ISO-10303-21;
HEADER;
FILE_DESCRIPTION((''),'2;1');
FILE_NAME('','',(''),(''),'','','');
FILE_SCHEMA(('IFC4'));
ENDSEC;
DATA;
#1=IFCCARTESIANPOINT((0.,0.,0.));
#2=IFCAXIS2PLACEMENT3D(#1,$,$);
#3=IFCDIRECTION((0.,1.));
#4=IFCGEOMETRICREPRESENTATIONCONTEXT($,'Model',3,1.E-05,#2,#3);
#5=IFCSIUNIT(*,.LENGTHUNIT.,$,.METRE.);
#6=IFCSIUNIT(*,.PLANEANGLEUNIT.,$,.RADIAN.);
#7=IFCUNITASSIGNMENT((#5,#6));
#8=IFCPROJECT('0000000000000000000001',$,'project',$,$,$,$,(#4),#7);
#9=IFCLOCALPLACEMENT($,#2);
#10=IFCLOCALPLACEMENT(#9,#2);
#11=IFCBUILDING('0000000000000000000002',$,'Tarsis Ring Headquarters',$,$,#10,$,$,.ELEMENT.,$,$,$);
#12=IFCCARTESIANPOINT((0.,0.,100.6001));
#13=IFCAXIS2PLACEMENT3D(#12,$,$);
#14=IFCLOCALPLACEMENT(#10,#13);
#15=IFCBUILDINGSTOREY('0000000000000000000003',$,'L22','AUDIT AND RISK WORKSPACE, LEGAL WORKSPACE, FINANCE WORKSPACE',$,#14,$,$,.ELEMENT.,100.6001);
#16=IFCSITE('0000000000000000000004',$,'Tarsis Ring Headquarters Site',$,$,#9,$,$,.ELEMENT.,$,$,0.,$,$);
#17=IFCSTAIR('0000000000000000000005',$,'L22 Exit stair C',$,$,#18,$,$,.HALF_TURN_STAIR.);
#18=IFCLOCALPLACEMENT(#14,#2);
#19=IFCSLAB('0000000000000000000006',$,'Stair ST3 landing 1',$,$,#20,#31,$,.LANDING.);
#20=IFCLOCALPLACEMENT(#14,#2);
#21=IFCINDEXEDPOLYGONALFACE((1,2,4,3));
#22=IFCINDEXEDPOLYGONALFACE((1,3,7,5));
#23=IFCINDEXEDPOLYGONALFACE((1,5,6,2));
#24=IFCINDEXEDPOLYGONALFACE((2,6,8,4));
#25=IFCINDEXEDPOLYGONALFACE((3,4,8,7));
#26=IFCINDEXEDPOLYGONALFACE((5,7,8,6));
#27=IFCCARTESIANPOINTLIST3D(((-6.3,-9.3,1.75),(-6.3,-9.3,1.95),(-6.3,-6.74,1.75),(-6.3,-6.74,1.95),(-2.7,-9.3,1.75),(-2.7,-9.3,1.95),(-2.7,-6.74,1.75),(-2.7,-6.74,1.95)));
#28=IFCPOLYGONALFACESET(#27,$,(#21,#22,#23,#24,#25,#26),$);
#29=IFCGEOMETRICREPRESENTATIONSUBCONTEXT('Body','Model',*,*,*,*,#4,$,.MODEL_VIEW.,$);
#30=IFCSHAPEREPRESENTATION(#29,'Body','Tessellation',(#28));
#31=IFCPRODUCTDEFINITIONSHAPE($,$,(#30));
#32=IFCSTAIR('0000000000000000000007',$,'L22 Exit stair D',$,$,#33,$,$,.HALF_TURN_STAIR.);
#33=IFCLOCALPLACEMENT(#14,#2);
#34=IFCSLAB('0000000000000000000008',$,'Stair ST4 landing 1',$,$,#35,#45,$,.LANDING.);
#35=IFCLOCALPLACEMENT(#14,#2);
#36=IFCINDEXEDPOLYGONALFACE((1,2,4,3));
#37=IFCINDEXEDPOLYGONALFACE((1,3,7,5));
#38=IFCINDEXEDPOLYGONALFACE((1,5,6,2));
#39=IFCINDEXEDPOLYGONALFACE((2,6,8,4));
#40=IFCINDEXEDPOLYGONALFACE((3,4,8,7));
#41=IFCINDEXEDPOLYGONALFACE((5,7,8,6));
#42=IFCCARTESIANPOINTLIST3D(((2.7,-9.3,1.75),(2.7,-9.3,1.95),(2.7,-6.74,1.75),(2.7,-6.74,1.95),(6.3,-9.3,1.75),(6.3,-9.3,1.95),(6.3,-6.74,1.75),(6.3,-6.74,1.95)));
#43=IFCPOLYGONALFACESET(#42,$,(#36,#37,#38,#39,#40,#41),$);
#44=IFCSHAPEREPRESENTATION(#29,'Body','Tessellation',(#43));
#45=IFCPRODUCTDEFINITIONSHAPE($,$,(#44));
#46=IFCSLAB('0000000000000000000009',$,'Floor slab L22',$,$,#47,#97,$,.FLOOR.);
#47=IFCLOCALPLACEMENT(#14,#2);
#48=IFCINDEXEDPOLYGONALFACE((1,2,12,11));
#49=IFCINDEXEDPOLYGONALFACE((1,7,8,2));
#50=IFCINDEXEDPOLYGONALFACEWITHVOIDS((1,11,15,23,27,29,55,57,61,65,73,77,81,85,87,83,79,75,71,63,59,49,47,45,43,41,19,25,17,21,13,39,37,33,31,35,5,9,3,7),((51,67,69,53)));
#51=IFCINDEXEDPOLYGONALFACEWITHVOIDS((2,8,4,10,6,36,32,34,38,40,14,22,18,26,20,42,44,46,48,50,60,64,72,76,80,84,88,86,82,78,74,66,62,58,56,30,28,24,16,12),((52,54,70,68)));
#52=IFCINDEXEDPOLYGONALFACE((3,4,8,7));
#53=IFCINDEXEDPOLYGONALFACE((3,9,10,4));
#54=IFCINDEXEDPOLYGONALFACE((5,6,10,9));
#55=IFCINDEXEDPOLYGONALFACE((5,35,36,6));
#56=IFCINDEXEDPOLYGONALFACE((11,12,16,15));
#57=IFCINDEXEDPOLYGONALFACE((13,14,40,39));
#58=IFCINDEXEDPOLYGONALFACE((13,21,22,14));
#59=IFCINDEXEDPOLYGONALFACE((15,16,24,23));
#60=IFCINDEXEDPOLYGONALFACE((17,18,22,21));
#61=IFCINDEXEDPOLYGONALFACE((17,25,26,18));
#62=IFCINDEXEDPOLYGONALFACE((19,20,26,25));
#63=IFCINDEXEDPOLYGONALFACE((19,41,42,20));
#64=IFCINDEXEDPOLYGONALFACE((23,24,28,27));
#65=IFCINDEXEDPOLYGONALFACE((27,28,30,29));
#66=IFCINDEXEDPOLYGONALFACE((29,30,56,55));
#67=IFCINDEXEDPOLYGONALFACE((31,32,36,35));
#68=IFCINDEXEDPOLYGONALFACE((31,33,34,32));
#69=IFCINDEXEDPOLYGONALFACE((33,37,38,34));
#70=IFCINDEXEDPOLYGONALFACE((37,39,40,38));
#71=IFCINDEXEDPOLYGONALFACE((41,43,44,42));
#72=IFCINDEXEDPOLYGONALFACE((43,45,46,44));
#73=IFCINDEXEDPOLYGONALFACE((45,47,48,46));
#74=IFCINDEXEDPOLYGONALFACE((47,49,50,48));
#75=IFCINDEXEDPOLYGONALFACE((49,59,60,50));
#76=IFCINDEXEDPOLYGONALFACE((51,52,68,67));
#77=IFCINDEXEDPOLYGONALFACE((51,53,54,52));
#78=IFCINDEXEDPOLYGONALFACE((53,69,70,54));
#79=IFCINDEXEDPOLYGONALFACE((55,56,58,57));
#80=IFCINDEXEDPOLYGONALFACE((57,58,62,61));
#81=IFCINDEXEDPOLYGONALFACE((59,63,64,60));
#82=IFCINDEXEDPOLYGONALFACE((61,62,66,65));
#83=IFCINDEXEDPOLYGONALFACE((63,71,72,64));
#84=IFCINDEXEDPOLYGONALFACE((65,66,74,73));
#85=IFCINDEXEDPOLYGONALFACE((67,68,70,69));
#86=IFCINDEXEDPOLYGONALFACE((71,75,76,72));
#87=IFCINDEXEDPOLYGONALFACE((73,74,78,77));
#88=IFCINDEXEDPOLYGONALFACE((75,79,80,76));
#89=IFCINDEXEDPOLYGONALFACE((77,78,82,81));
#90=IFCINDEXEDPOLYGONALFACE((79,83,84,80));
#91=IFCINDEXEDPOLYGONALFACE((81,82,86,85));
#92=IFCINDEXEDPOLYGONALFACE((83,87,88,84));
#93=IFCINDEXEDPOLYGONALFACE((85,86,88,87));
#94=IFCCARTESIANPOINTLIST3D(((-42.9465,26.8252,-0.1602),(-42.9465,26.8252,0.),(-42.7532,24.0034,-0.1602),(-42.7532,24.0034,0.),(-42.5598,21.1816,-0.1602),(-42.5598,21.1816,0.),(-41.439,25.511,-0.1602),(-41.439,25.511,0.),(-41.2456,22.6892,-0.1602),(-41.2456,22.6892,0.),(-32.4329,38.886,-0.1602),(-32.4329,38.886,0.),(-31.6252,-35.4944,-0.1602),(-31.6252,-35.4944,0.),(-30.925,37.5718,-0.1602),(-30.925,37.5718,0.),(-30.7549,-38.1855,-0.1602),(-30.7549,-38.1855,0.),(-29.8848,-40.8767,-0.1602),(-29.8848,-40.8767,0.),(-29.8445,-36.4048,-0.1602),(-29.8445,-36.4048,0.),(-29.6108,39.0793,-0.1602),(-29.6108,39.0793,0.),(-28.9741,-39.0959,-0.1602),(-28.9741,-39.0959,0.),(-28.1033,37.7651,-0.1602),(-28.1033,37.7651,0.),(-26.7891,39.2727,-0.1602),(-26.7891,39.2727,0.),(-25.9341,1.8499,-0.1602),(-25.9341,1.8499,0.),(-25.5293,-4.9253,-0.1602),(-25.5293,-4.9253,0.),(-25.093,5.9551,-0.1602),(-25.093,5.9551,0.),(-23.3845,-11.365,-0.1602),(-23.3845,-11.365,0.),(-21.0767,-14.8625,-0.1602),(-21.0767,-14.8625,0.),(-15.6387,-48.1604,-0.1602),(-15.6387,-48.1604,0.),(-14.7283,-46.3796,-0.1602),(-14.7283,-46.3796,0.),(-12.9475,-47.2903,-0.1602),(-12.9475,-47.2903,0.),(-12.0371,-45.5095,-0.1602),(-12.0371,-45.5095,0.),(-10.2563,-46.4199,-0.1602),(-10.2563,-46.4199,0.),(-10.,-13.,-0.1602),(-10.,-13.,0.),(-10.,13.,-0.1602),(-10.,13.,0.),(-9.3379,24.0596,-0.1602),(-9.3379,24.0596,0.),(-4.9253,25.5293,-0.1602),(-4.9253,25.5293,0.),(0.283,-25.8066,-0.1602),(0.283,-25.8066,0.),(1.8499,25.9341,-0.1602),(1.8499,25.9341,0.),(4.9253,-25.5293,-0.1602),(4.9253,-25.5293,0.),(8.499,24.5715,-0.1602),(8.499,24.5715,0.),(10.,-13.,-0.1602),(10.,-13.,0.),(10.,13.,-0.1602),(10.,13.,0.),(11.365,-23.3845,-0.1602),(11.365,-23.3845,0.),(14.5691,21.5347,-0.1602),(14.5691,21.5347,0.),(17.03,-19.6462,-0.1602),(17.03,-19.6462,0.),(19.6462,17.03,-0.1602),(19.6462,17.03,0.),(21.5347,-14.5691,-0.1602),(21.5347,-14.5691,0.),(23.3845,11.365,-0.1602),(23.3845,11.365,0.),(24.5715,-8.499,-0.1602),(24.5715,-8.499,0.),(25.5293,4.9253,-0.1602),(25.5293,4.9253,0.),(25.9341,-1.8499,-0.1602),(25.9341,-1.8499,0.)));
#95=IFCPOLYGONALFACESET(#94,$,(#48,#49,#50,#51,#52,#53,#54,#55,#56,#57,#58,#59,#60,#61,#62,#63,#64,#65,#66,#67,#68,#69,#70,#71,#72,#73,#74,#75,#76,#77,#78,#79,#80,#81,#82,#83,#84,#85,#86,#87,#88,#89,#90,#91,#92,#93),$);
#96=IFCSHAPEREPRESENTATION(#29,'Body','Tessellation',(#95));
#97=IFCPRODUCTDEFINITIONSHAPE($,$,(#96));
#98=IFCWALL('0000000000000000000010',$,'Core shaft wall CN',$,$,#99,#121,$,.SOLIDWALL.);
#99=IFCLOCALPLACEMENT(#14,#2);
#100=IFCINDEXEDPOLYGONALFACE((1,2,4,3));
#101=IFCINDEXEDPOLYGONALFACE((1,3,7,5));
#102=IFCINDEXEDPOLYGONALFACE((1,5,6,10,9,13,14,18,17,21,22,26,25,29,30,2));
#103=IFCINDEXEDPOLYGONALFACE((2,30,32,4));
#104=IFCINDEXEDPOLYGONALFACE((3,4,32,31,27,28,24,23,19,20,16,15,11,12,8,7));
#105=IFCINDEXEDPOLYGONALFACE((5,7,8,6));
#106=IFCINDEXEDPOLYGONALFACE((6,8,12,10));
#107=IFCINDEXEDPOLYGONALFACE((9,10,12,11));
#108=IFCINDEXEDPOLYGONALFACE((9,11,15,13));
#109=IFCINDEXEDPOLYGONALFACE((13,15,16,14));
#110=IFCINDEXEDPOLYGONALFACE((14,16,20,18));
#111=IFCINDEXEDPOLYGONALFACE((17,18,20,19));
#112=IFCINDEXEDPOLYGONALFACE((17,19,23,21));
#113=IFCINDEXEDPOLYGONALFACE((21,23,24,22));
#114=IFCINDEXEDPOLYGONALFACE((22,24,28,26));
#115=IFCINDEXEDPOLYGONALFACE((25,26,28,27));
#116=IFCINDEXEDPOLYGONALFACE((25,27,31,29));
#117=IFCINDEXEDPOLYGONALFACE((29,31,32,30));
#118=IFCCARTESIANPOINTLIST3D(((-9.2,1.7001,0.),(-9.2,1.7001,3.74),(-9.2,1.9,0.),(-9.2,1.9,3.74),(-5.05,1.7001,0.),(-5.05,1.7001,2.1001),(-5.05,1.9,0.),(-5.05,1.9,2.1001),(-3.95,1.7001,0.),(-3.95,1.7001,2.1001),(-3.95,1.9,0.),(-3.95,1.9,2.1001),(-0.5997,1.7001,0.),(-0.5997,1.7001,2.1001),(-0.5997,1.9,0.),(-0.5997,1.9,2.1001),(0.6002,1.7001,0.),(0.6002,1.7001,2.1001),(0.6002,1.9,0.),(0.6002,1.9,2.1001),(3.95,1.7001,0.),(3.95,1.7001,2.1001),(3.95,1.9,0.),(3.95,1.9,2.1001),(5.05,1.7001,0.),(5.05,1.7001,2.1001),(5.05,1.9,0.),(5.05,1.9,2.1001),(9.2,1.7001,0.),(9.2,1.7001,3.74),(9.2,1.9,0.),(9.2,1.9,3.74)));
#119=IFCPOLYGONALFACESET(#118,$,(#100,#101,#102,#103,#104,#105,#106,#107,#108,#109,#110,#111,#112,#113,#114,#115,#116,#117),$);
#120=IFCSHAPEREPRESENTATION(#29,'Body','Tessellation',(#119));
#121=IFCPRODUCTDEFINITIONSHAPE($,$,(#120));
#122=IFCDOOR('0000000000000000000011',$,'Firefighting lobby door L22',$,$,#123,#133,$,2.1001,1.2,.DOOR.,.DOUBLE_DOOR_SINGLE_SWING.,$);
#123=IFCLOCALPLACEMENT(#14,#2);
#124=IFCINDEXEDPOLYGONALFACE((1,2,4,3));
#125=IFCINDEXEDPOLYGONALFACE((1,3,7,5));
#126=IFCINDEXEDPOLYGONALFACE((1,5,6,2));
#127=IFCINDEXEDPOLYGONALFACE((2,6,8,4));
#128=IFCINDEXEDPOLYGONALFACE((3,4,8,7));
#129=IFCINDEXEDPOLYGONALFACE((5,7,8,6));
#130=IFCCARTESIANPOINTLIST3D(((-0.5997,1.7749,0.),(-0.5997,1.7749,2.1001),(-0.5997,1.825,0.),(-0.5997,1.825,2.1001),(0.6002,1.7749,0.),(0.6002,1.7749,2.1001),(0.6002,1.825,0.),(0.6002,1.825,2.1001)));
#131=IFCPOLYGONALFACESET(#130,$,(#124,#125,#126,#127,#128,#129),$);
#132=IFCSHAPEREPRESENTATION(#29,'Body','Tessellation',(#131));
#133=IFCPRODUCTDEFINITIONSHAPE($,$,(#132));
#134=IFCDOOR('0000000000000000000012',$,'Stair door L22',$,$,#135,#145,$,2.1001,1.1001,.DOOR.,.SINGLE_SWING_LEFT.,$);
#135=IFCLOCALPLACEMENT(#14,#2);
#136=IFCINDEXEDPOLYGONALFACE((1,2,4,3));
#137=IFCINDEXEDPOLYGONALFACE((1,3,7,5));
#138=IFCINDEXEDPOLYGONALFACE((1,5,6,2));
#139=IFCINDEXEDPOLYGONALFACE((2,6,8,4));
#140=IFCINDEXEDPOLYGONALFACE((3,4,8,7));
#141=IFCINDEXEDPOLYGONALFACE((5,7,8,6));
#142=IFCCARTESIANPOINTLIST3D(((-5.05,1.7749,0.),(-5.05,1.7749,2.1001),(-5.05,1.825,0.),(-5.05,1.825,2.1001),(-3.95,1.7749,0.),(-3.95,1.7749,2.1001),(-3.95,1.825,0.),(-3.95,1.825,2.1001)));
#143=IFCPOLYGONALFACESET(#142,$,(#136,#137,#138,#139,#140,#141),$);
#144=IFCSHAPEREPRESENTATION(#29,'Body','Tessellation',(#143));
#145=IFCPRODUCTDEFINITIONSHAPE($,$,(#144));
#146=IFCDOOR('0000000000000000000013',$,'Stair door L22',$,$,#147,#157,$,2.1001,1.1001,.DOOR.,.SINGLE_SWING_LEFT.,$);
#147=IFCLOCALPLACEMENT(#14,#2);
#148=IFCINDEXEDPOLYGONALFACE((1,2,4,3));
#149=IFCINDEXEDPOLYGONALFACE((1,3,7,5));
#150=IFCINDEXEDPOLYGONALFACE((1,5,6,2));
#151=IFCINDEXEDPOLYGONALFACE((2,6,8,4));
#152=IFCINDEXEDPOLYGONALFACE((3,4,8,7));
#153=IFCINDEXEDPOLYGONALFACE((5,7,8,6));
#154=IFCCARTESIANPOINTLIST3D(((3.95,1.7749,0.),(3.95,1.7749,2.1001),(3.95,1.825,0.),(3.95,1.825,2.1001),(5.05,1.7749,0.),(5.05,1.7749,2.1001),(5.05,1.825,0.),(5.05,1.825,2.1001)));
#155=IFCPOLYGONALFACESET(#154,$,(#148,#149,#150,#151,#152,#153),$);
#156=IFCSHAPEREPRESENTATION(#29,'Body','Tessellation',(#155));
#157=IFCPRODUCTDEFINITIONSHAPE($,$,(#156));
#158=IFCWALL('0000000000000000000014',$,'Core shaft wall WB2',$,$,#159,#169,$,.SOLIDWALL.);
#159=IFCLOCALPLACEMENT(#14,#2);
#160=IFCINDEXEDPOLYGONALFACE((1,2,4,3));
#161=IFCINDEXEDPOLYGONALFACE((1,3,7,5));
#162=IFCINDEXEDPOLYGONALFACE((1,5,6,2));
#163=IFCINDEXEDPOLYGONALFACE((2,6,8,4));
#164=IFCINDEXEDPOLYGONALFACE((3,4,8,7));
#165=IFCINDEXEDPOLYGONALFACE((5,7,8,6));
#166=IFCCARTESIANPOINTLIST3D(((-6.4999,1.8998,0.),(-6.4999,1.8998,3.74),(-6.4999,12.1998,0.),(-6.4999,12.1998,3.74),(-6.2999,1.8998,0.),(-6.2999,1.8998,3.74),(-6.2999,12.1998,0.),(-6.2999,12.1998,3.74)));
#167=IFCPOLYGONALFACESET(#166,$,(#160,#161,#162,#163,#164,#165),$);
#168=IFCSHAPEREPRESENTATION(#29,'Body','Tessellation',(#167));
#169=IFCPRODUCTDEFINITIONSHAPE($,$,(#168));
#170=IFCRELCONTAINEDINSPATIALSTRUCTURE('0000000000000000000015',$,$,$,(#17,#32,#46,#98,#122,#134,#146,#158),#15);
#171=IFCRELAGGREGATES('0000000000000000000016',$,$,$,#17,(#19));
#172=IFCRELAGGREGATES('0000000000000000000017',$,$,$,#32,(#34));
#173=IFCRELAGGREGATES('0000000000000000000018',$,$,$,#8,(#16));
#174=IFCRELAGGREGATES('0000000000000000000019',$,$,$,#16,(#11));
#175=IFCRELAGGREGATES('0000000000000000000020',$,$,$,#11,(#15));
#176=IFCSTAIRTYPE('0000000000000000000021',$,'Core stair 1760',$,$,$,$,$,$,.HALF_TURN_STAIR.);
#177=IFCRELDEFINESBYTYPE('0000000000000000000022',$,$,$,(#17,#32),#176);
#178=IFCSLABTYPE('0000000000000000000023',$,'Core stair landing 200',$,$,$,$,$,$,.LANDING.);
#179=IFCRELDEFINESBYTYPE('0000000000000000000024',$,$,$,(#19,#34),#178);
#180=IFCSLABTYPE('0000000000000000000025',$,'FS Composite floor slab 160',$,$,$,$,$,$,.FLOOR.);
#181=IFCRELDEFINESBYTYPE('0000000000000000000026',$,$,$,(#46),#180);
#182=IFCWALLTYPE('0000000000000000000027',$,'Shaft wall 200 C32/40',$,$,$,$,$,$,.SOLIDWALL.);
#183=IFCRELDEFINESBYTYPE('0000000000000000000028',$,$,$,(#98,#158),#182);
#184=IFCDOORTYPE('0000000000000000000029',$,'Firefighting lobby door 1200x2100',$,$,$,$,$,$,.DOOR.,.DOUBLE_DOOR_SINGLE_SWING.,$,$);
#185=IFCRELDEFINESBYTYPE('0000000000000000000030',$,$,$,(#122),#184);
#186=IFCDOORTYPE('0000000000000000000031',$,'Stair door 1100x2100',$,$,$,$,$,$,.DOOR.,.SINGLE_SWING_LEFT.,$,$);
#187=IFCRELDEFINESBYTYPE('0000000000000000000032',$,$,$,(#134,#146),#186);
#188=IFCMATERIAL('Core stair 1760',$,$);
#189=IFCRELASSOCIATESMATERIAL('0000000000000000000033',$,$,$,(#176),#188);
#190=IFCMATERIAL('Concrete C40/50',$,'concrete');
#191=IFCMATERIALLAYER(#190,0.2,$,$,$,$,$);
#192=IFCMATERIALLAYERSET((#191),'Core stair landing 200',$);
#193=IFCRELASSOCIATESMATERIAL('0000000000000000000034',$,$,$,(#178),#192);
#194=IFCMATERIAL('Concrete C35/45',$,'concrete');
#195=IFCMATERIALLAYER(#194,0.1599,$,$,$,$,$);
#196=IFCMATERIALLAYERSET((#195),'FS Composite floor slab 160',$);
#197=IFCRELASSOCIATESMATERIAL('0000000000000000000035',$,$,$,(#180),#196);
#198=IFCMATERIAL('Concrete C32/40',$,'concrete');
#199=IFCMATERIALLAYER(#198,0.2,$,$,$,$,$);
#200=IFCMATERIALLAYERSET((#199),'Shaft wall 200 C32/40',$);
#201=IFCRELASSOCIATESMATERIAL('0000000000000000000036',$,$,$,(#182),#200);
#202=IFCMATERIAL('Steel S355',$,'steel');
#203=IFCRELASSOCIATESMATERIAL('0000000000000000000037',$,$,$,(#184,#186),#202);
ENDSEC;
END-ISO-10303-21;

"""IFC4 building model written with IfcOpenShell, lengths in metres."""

from ifc_helpers import new_model, si_unit, direction, frame, frame_2d, origin, place, context, subcontext, project, spatial, polyline, rectangle, outline, extrude, material, layer, layer_set, type_object, element, fill, aggregate, save


model = new_model("IFC4")

# Units and contexts
model_context = context("Model", 3, precision=1e-05, world=origin(), true_north=direction((0.0, 1.0)))
body_context = subcontext(model_context, "Body", "Model", "MODEL_VIEW")
ifc_project = project(units=[si_unit("LENGTHUNIT", "METRE"), si_unit("PLANEANGLEUNIT", "RADIAN")], contexts=[model_context])

# Site, building, storey
site_placement = place(None, origin())
site = spatial("IfcSite", under=ifc_project, at=site_placement, Name="Tarsis Ring Headquarters Site", CompositionType="ELEMENT", RefElevation=0.0)
building_placement = place(site_placement, origin())
building = spatial("IfcBuilding", under=site, at=building_placement, Name="Tarsis Ring Headquarters", CompositionType="ELEMENT")
storey_placement = place(building_placement, frame((0.0, 0.0, 100.6001)))
storey = spatial("IfcBuildingStorey", under=building, at=storey_placement, Name="L22", Description="AUDIT AND RISK WORKSPACE, LEGAL WORKSPACE, FINANCE WORKSPACE", CompositionType="ELEMENT", Elevation=100.6001)

# Shared definitions
ifc_material_1 = material(Name="Concrete C40/50", Category="concrete")

# Stairs, slabs
ifc_material_2 = material(Name="Core stair 1760")
stair_type = type_object("IfcStairType", Name="Core stair 1760", PredefinedType="HALF_TURN_STAIR", material=ifc_material_2)
ifc_layer_1 = layer(ifc_material_1, 0.2)
ifc_layer_set_1 = layer_set([ifc_layer_1], Name="Core stair landing 200")
slab_type_1 = type_object("IfcSlabType", Name="Core stair landing 200", PredefinedType="LANDING", material=ifc_layer_set_1)
stair_1_placement = place(storey_placement, origin())
stair_1 = element("IfcStair", 1, at=stair_1_placement, inside=storey, type_object=stair_type, Name="L22 Exit stair C", PredefinedType="HALF_TURN_STAIR")
slab_1_placement = place(storey_placement, frame((0.0, 0.0, 1.75)))
slab_1 = element("IfcSlab", 2, at=slab_1_placement, type_object=slab_type_1, Name="Stair ST3 landing 1", PredefinedType="LANDING", context=body_context, shape_type="SweptSolid", body=[
    extrude(outline(polyline([(-6.3, -6.74), (-6.3, -9.3), (-2.7, -9.3), (-2.7, -6.74), (-6.3, -6.74)])), origin(), (0.0, 0.0, 1.0), 0.2),
])
aggregate(stair_1, [slab_1])
stair_2_placement = place(storey_placement, origin())
stair_2 = element("IfcStair", 3, at=stair_2_placement, inside=storey, type_object=stair_type, Name="L22 Exit stair D", PredefinedType="HALF_TURN_STAIR")
slab_2_placement = place(storey_placement, frame((0.0, 0.0, 1.75)))
slab_2 = element("IfcSlab", 4, at=slab_2_placement, type_object=slab_type_1, Name="Stair ST4 landing 1", PredefinedType="LANDING", context=body_context, shape_type="SweptSolid", body=[
    extrude(outline(polyline([(2.7, -6.74), (2.7, -9.3), (6.3, -9.3), (6.3, -6.74), (2.7, -6.74)])), origin(), (0.0, 0.0, 1.0), 0.2),
])
aggregate(stair_2, [slab_2])

# Slab
ifc_material_3 = material(Name="Concrete C35/45", Category="concrete")
ifc_layer_2 = layer(ifc_material_3, 0.1599)
ifc_layer_set_2 = layer_set([ifc_layer_2], Name="FS Composite floor slab 160")
slab_type_2 = type_object("IfcSlabType", Name="FS Composite floor slab 160", PredefinedType="FLOOR", material=ifc_layer_set_2)
slab_3_placement = place(storey_placement, frame((0.0, 0.0, -0.1602)))
element("IfcSlab", 5, at=slab_3_placement, inside=storey, type_object=slab_type_2, Name="Floor slab L22", PredefinedType="FLOOR", context=body_context, shape_type="SweptSolid", body=[
    extrude(outline(polyline([(-25.093, 5.9551), (-25.9341, 1.8499), (-25.5293, -4.9253), (-23.3845, -11.365), (-21.0767, -14.8625), (-31.6252, -35.4944), (-29.8445, -36.4048), (-30.7549, -38.1855), (-28.9741, -39.0959), (-29.8848, -40.8767), (-15.6387, -48.1604), (-14.7283, -46.3796), (-12.9475, -47.2903), (-12.0371, -45.5095), (-10.2563, -46.4199), (0.283, -25.8066), (4.9253, -25.5293), (11.365, -23.3845), (17.03, -19.6462), (21.5347, -14.5691), (24.5715, -8.499), (25.9341, -1.8499), (25.5293, 4.9253), (23.3845, 11.365), (19.6462, 17.03), (14.5691, 21.5347), (8.499, 24.5715), (1.8499, 25.9341), (-4.9253, 25.5293), (-9.3379, 24.0596), (-26.7891, 39.2727), (-28.1033, 37.7651), (-29.6108, 39.0793), (-30.925, 37.5718), (-32.4329, 38.886), (-42.9465, 26.8252), (-41.439, 25.511), (-42.7532, 24.0034), (-41.2456, 22.6892), (-42.5598, 21.1816), (-25.093, 5.9551)]), holes=[polyline([(-10.0, -13.0), (-10.0, 13.0), (10.0, 13.0), (10.0, -13.0), (-10.0, -13.0)])]), origin(), (0.0, 0.0, 1.0), 0.1602),
])

# Wall, openings, doors
ifc_material_4 = material(Name="Concrete C32/40", Category="concrete")
ifc_layer_3 = layer(ifc_material_4, 0.2)
ifc_layer_set_3 = layer_set([ifc_layer_3], Name="Shaft wall 200 C32/40")
wall_type = type_object("IfcWallType", Name="Shaft wall 200 C32/40", PredefinedType="SOLIDWALL", material=ifc_layer_set_3)
wall_1_placement = place(storey_placement, frame((-9.2, 1.8, 0.0), z_axis=(0.0, 0.0, 1.0), x_axis=(1.0, 0.0, 0.0)))
wall_1 = element("IfcWall", 6, at=wall_1_placement, inside=storey, type_object=wall_type, Name="Core shaft wall CN", PredefinedType="SOLIDWALL", context=body_context, shape_type="SweptSolid", body=[
    extrude(rectangle(XDim=18.3999, YDim=0.2, at=frame_2d((9.2, 0.0))), origin(), (0.0, 0.0, 1.0), 3.74),
])
opening_1_placement = place(wall_1_placement, frame((4.1499, 0.0, 0.0)))
opening_1 = element("IfcOpeningElement", 7, at=opening_1_placement, cuts=wall_1, PredefinedType="OPENING", context=body_context, shape_type="SweptSolid", body=[
    extrude(rectangle(XDim=1.1001, YDim=2.1001, at=frame_2d((0.55, 1.05))), frame((0.0, 0.1099, 0.0), z_axis=(0.0, -1.0, 0.0), x_axis=(1.0, 0.0, 0.0)), (0.0, 0.0, 1.0), 0.22),
])
opening_2_placement = place(wall_1_placement, frame((8.6001, 0.0, 0.0)))
opening_2 = element("IfcOpeningElement", 8, at=opening_2_placement, cuts=wall_1, PredefinedType="OPENING", context=body_context, shape_type="SweptSolid", body=[
    extrude(rectangle(XDim=1.2, YDim=2.1001, at=frame_2d((0.6001, 1.05))), frame((0.0, 0.1099, 0.0), z_axis=(0.0, -1.0, 0.0), x_axis=(1.0, 0.0, 0.0)), (0.0, 0.0, 1.0), 0.22),
])
opening_3_placement = place(wall_1_placement, frame((13.1499, 0.0, 0.0)))
opening_3 = element("IfcOpeningElement", 9, at=opening_3_placement, cuts=wall_1, PredefinedType="OPENING", context=body_context, shape_type="SweptSolid", body=[
    extrude(rectangle(XDim=1.1001, YDim=2.1001, at=frame_2d((0.55, 1.05))), frame((0.0, 0.1099, 0.0), z_axis=(0.0, -1.0, 0.0), x_axis=(1.0, 0.0, 0.0)), (0.0, 0.0, 1.0), 0.22),
])
ifc_material_5 = material(Name="Steel S355", Category="steel")
door_type_1 = type_object("IfcDoorType", Name="Firefighting lobby door 1200x2100", OperationType="DOUBLE_DOOR_SINGLE_SWING", PredefinedType="DOOR", material=ifc_material_5)
door_1_placement = place(opening_2_placement, origin())
door_1 = element("IfcDoor", 10, at=door_1_placement, inside=storey, type_object=door_type_1, Name="Firefighting lobby door L22", OperationType="DOUBLE_DOOR_SINGLE_SWING", OverallHeight=2.1001, OverallWidth=1.2, PredefinedType="DOOR", context=body_context, shape_type="SweptSolid", body=[
    extrude(rectangle(XDim=1.2, YDim=2.1001, at=frame_2d((0.6001, 1.05))), frame((0.0, 0.0249, 0.0), z_axis=(0.0, -1.0, 0.0), x_axis=(1.0, 0.0, 0.0)), (0.0, 0.0, 1.0), 0.05),
])
fill(opening_2, door_1)
door_type_2 = type_object("IfcDoorType", Name="Stair door 1100x2100", OperationType="SINGLE_SWING_LEFT", PredefinedType="DOOR", material=ifc_material_5)
door_2_placement = place(opening_1_placement, origin())
door_2 = element("IfcDoor", 11, at=door_2_placement, inside=storey, type_object=door_type_2, Name="Stair door L22", OperationType="SINGLE_SWING_LEFT", OverallHeight=2.1001, OverallWidth=1.1001, PredefinedType="DOOR", context=body_context, shape_type="SweptSolid", body=[
    extrude(rectangle(XDim=1.1001, YDim=2.1001, at=frame_2d((0.55, 1.05))), frame((0.0, 0.0249, 0.0), z_axis=(0.0, -1.0, 0.0), x_axis=(1.0, 0.0, 0.0)), (0.0, 0.0, 1.0), 0.05),
])
fill(opening_1, door_2)
door_3_placement = place(opening_3_placement, origin())
door_3 = element("IfcDoor", 12, at=door_3_placement, inside=storey, type_object=door_type_2, Name="Stair door L22", OperationType="SINGLE_SWING_LEFT", OverallHeight=2.1001, OverallWidth=1.1001, PredefinedType="DOOR", context=body_context, shape_type="SweptSolid", body=[
    extrude(rectangle(XDim=1.1001, YDim=2.1001, at=frame_2d((0.55, 1.05))), frame((0.0, 0.0249, 0.0), z_axis=(0.0, -1.0, 0.0), x_axis=(1.0, 0.0, 0.0)), (0.0, 0.0, 1.0), 0.05),
])
fill(opening_3, door_3)

# Wall
wall_2_placement = place(storey_placement, frame((-6.3999, 1.8999, 0.0), z_axis=(0.0, 0.0, 1.0), x_axis=(0.0, 1.0, 0.0)))
element("IfcWall", 13, at=wall_2_placement, inside=storey, type_object=wall_type, Name="Core shaft wall WB2", PredefinedType="SOLIDWALL", context=body_context, shape_type="SweptSolid", body=[
    extrude(rectangle(XDim=10.3, YDim=0.2, at=frame_2d((5.1499, 0.0))), origin(), (0.0, 0.0, 1.0), 3.74),
])

save(model, "model.ifc")
